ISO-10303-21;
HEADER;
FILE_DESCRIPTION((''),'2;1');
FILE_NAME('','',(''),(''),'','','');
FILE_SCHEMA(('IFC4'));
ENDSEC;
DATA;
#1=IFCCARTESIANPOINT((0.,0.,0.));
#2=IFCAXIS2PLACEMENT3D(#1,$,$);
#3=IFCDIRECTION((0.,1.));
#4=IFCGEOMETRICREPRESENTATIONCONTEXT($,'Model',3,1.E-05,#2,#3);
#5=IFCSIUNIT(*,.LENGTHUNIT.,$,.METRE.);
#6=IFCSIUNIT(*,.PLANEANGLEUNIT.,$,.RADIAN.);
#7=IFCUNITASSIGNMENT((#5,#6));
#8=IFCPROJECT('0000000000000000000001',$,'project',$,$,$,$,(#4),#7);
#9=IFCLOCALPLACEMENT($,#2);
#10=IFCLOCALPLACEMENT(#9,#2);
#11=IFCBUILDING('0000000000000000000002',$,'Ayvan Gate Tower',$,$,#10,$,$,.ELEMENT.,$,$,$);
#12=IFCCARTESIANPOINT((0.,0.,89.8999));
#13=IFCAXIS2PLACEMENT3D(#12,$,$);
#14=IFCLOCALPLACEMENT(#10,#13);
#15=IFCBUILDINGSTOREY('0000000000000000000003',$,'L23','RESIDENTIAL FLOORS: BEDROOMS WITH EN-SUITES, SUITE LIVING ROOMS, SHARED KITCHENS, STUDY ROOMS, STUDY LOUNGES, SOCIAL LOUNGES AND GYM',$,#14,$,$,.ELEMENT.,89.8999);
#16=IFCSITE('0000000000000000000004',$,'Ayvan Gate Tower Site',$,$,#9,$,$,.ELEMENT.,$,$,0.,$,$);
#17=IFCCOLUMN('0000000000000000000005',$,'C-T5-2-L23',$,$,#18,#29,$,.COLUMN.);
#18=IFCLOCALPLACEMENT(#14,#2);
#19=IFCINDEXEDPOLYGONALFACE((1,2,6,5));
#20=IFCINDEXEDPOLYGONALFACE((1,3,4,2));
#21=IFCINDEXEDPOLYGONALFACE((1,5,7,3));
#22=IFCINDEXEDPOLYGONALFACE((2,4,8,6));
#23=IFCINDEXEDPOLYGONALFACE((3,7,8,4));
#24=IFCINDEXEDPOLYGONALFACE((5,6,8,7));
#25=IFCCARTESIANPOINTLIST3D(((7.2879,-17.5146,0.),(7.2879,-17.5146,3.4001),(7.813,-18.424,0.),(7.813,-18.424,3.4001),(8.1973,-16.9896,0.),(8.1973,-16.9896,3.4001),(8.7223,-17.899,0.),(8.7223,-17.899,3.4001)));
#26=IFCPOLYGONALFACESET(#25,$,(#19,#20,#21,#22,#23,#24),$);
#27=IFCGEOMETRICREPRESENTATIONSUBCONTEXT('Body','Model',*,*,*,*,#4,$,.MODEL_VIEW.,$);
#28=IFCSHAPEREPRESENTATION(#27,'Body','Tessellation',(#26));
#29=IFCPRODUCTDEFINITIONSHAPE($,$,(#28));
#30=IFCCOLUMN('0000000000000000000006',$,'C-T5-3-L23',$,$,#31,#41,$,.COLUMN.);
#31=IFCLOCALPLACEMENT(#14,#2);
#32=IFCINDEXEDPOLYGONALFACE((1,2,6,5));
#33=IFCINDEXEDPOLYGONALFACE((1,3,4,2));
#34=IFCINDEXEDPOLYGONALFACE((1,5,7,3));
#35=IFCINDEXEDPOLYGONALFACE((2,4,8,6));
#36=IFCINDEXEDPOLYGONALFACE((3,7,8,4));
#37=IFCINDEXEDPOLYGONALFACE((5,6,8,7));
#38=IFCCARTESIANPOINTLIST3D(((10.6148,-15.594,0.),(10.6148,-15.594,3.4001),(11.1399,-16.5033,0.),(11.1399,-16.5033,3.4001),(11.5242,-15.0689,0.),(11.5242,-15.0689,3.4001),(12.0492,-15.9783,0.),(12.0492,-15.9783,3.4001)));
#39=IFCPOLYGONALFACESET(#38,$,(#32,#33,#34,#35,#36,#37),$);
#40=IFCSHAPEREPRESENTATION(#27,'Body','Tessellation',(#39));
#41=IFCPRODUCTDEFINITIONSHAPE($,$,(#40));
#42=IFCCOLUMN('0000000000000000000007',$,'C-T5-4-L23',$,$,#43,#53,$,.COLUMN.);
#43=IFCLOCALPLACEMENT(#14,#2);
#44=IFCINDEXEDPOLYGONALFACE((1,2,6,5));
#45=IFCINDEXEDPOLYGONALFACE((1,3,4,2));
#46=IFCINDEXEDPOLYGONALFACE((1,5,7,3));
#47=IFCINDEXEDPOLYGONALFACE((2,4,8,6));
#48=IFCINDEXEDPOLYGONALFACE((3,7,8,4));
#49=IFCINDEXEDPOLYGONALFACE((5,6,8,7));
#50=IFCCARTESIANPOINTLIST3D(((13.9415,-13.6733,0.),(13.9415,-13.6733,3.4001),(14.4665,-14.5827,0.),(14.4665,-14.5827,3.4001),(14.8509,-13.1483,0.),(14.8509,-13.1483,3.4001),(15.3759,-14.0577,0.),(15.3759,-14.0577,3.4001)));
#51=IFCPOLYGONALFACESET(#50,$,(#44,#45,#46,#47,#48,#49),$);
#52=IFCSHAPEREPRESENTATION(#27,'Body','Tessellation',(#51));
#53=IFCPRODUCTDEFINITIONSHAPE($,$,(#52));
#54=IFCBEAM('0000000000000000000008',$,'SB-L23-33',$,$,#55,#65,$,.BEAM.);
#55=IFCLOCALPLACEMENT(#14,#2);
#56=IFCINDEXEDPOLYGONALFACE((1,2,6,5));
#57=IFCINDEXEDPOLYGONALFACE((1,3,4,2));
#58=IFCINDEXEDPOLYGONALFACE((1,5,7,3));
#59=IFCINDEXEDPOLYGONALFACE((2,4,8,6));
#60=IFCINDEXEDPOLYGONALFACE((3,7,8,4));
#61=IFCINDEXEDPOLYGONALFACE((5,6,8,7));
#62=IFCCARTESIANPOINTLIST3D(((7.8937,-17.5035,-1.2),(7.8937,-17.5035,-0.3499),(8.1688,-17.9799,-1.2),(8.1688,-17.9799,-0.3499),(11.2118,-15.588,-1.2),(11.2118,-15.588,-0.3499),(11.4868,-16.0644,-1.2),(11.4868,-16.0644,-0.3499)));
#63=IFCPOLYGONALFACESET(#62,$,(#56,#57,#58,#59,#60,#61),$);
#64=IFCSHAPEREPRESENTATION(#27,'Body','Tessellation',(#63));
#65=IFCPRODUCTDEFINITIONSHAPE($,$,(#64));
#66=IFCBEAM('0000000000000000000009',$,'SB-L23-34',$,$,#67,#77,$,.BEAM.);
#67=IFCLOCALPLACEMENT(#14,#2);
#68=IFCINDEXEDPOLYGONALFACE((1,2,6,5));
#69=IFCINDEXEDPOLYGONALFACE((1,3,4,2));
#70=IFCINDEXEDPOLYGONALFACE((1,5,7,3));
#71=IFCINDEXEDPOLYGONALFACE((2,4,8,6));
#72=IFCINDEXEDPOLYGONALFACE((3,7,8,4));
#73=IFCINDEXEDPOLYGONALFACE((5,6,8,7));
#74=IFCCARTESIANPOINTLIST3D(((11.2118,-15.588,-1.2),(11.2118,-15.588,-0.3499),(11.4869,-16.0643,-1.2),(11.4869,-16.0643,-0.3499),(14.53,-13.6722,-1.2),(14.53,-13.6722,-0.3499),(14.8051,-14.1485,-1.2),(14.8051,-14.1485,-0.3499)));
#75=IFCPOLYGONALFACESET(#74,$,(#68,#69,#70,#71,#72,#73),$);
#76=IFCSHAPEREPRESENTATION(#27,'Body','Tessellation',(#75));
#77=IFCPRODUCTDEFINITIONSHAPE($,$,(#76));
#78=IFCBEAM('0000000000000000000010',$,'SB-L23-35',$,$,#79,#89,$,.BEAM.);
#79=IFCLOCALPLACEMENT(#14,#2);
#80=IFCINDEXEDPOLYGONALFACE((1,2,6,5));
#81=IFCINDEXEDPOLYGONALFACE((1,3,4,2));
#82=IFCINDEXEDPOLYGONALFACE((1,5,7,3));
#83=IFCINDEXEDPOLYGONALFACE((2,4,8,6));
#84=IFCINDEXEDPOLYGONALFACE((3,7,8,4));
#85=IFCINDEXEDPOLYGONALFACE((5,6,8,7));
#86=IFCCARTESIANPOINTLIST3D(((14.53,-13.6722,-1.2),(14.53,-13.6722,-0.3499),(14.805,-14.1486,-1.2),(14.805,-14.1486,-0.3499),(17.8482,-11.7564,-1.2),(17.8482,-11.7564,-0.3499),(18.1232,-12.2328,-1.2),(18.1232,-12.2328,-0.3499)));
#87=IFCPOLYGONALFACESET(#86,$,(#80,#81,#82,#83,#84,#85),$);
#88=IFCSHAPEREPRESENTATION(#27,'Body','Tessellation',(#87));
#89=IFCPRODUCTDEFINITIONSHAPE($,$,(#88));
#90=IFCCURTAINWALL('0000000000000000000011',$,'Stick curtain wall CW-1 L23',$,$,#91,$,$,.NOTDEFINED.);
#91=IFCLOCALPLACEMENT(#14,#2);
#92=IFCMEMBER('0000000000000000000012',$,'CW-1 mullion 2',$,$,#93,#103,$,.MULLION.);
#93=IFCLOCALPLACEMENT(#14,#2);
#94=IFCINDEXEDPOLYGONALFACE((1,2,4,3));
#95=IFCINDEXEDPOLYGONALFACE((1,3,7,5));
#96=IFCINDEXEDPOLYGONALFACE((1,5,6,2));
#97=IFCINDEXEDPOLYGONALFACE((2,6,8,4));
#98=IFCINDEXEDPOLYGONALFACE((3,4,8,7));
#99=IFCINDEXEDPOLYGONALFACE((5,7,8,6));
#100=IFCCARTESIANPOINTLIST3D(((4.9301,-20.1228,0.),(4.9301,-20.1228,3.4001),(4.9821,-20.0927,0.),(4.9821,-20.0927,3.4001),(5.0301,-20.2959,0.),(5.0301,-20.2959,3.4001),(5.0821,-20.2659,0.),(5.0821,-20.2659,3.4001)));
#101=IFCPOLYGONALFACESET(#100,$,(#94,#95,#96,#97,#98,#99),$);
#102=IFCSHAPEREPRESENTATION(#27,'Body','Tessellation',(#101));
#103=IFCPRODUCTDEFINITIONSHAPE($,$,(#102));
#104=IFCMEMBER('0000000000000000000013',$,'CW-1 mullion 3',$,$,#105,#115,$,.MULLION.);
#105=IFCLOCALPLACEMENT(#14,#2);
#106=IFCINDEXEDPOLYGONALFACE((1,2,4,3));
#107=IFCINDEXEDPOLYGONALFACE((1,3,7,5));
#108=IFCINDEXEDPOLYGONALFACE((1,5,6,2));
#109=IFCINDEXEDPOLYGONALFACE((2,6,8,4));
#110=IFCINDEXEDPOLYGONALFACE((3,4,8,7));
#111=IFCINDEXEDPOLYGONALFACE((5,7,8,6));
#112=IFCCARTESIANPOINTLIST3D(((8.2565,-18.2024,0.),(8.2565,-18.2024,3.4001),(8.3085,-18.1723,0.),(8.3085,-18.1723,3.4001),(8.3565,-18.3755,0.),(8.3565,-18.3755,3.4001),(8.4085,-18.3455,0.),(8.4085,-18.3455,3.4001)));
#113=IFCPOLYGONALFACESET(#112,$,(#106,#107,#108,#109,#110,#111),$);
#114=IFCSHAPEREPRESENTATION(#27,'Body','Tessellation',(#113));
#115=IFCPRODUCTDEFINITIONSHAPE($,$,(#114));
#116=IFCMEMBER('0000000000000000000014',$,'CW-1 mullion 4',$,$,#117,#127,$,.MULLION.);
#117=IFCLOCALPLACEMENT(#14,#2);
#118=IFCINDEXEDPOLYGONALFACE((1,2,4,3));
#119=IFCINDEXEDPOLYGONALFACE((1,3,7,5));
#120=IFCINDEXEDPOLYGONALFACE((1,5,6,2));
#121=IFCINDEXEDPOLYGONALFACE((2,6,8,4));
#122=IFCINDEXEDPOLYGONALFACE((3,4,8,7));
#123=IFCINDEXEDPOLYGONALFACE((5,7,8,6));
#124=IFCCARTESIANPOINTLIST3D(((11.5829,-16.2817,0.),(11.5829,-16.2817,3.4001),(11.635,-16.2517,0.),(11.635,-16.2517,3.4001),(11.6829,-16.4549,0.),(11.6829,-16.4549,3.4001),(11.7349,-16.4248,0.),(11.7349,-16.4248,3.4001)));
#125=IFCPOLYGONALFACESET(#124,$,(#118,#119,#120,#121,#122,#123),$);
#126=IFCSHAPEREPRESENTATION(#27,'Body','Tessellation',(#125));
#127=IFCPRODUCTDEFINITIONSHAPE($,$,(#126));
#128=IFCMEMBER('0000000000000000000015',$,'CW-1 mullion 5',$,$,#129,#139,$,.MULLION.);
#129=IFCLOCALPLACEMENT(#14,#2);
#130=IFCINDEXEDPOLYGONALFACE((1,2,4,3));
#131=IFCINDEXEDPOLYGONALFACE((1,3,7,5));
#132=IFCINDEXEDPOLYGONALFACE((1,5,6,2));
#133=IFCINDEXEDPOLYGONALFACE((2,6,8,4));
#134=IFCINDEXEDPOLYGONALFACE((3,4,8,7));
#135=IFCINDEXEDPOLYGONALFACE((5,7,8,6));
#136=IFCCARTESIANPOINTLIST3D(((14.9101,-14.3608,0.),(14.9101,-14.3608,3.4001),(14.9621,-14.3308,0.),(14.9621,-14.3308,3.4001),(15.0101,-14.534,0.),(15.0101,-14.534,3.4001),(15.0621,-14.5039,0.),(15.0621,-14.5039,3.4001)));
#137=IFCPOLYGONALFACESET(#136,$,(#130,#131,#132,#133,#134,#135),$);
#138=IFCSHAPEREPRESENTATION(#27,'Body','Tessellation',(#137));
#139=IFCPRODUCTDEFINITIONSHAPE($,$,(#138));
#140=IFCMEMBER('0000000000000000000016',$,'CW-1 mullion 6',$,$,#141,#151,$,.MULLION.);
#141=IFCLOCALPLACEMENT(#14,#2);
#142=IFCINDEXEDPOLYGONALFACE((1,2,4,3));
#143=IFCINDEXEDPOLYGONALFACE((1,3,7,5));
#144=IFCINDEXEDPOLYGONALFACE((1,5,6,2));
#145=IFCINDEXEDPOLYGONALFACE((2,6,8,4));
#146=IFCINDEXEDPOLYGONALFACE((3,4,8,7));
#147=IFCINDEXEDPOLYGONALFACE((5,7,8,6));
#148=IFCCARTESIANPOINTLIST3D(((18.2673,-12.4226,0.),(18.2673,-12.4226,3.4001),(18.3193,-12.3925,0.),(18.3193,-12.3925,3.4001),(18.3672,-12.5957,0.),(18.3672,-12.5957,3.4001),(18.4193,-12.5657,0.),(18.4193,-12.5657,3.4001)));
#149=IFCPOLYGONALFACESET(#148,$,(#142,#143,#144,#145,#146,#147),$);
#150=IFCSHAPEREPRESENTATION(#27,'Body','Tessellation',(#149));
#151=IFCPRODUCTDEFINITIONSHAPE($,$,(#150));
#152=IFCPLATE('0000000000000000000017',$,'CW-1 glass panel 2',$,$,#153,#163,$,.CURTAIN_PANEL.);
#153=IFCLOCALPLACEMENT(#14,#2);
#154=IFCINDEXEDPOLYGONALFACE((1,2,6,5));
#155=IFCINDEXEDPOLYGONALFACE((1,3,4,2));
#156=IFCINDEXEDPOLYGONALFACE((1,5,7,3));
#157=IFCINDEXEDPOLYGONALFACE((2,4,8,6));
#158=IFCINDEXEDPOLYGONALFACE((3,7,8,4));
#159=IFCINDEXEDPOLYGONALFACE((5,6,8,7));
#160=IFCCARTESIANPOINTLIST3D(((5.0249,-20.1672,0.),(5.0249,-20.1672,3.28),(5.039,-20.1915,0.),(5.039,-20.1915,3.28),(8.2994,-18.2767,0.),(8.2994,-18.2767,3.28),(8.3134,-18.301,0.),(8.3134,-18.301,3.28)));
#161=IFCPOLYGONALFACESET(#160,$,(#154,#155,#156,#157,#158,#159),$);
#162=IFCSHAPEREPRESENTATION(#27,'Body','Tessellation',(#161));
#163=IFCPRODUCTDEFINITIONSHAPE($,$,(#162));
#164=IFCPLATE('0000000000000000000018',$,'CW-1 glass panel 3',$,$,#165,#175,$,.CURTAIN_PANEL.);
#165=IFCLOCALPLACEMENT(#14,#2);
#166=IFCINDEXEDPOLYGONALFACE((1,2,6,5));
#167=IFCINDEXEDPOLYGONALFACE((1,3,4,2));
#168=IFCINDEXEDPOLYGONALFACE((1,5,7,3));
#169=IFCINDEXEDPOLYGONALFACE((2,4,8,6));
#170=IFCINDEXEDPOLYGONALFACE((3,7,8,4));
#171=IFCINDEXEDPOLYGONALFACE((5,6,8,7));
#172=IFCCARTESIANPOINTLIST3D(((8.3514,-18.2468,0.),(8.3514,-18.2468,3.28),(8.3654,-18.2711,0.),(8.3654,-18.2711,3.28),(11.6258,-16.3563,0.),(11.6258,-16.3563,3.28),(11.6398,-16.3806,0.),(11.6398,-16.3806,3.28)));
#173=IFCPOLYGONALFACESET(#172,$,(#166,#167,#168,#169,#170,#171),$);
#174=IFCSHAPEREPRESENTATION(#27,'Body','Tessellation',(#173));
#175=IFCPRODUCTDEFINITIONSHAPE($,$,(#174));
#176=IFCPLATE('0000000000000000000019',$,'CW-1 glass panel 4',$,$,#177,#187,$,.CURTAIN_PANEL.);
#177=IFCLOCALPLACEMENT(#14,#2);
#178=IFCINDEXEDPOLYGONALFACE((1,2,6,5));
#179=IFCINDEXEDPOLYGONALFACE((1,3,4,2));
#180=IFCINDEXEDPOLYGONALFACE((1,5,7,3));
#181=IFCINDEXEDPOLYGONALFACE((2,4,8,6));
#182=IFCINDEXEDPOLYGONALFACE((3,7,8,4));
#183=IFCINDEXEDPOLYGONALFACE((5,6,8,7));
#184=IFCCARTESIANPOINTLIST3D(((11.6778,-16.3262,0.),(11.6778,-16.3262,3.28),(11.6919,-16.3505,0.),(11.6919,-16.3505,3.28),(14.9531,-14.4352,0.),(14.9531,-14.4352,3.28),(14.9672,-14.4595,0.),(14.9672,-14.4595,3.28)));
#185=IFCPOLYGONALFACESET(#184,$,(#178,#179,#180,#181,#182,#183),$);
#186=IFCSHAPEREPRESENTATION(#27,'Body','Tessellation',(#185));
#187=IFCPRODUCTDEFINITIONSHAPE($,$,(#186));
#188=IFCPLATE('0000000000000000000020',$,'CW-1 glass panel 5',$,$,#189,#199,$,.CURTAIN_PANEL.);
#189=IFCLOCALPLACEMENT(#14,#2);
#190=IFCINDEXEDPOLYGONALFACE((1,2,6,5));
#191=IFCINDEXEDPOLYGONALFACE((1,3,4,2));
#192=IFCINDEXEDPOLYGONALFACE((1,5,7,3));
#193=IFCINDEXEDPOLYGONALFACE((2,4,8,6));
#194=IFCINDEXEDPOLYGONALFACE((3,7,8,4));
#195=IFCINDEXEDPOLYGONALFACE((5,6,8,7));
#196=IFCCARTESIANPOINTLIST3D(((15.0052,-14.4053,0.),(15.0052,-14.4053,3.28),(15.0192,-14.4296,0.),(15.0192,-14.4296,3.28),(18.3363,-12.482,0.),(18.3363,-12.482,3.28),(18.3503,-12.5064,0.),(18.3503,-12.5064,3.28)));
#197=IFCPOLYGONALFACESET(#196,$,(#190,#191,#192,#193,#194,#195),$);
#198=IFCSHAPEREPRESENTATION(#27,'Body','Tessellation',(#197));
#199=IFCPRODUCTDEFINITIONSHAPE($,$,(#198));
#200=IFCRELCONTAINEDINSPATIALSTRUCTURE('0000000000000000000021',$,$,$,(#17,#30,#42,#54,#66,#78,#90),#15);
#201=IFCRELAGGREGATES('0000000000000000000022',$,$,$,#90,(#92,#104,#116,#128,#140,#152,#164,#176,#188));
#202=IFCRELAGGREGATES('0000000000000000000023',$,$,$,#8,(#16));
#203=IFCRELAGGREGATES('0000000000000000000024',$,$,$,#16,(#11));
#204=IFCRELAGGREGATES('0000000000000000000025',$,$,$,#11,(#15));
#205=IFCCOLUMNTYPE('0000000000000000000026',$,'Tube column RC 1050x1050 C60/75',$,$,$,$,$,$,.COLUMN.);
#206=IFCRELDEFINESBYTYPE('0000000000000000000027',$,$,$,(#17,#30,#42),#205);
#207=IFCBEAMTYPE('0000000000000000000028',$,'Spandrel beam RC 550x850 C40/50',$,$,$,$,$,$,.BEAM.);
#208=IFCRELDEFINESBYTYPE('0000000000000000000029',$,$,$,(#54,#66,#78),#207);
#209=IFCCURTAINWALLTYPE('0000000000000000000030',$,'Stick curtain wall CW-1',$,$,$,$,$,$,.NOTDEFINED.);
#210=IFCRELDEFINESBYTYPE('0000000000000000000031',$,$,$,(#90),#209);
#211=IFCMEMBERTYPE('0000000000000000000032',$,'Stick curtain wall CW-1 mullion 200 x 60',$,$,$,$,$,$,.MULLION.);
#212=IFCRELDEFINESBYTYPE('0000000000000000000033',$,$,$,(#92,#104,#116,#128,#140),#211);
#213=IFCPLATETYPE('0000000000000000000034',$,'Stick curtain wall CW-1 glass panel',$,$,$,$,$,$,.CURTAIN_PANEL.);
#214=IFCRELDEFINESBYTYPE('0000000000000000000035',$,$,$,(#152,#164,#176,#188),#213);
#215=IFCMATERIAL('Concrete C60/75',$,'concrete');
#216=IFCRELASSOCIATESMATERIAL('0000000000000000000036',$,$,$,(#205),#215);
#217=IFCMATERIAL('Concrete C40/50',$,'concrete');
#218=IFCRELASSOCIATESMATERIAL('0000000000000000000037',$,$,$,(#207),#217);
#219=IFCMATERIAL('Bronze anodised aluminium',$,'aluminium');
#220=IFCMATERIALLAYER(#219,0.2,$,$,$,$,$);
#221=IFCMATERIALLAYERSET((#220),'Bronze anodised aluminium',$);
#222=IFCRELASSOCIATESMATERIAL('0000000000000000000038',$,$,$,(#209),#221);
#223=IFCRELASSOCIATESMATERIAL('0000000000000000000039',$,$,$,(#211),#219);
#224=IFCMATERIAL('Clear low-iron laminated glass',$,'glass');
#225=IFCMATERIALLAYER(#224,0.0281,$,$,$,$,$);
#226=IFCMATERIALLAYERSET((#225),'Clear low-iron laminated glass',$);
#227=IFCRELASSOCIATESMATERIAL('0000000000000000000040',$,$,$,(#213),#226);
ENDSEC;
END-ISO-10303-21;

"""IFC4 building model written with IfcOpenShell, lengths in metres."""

from ifc_helpers import new_model, si_unit, direction, frame, origin, origin_2d, place, context, subcontext, project, spatial, rectangle, extrude, material, layer, layer_set, material_profile, profile_set, type_object, element, aggregate, save


model = new_model("IFC4")

# Units and contexts
model_context = context("Model", 3, precision=1e-05, world=origin(), true_north=direction((0.0, 1.0)))
body_context = subcontext(model_context, "Body", "Model", "MODEL_VIEW")
ifc_project = project(units=[si_unit("LENGTHUNIT", "METRE"), si_unit("PLANEANGLEUNIT", "RADIAN")], contexts=[model_context])

# Site, building, storey
site_placement = place(None, origin())
site = spatial("IfcSite", under=ifc_project, at=site_placement, Name="Ayvan Gate Tower Site", CompositionType="ELEMENT", RefElevation=0.0)
building_placement = place(site_placement, origin())
building = spatial("IfcBuilding", under=site, at=building_placement, Name="Ayvan Gate Tower", CompositionType="ELEMENT")
storey_placement = place(building_placement, frame((0.0, 0.0, 89.8999)))
storey = spatial("IfcBuildingStorey", under=building, at=storey_placement, Name="L23", Description="RESIDENTIAL FLOORS: BEDROOMS WITH EN-SUITES, SUITE LIVING ROOMS, SHARED KITCHENS, STUDY ROOMS, STUDY LOUNGES, SOCIAL LOUNGES AND GYM", CompositionType="ELEMENT", Elevation=89.8999)

# Columns
ifc_material_1 = material(Name="Concrete C60/75", Category="concrete")
ifc_material_profile_1 = material_profile(ifc_material_1, rectangle(XDim=1.05, YDim=1.05, at=origin_2d()), Name="RC 1050x1050")
ifc_profile_set_1 = profile_set([ifc_material_profile_1], Name="Concrete C60/75")
column_type = type_object("IfcColumnType", Name="Tube column RC 1050x1050 C60/75", PredefinedType="COLUMN", material=ifc_profile_set_1)
for number, where, z_axis, x_axis, name in (
    (1, (8.0051, -17.7068, 0.0), (0.0, 0.0, 1.0), (0.5, -0.866025, 0.0), "C-T5-2-L23"),
    (2, (11.332, -15.7861, 0.0), (0.0, 0.0, 1.0), (0.5, -0.866025, 0.0), "C-T5-3-L23"),
    (3, (14.6587, -13.8655, 0.0), (0.0, 0.0, 1.0), (0.5, -0.866025, 0.0), "C-T5-4-L23"),
):
    element("IfcColumn", number, at=place(storey_placement, frame(where, z_axis=z_axis, x_axis=x_axis)), inside=storey, type_object=column_type, Name=name, PredefinedType="COLUMN", context=body_context, shape_type="SweptSolid", body=[
        extrude(rectangle(XDim=1.05, YDim=1.05, at=origin_2d()), origin(), (0.0, 0.0, 1.0), 3.4001),
    ])

# Beams
ifc_material_2 = material(Name="Concrete C40/50", Category="concrete")
ifc_material_profile_2 = material_profile(ifc_material_2, rectangle(XDim=0.55, YDim=0.8501, at=origin_2d()), Name="RC 550x850")
ifc_profile_set_2 = profile_set([ifc_material_profile_2], Name="Concrete C40/50")
beam_type = type_object("IfcBeamType", Name="Spandrel beam RC 550x850 C40/50", PredefinedType="BEAM", material=ifc_profile_set_2)
beam_placement = place(storey_placement, frame((8.0312, -17.7417, -0.7749), z_axis=(0.866047, 0.499963, 0.0), x_axis=(-0.499963, 0.866047, 0.0)))
element("IfcBeam", 4, at=beam_placement, inside=storey, type_object=beam_type, Name="SB-L23-33", PredefinedType="BEAM", context=body_context, shape_type="SweptSolid", body=[
    extrude(rectangle(XDim=0.55, YDim=0.8501, at=origin_2d()), origin(), (0.0, 0.0, 1.0), 3.8313),
])
for number, where, z_axis, x_axis, name in (
    (5, (11.3494, -15.8262, -0.7749), (0.866019, 0.500011, 0.0), (-0.500011, 0.866019, 0.0), "SB-L23-34"),
    (6, (14.6675, -13.9104, -0.7749), (0.866019, 0.500011, 0.0), (-0.500011, 0.866019, 0.0), "SB-L23-35"),
):
    element("IfcBeam", number, at=place(storey_placement, frame(where, z_axis=z_axis, x_axis=x_axis)), inside=storey, type_object=beam_type, Name=name, PredefinedType="BEAM", context=body_context, shape_type="SweptSolid", body=[
        extrude(rectangle(XDim=0.55, YDim=0.8501, at=origin_2d()), origin(), (0.0, 0.0, 1.0), 3.8315),
    ])

# Curtain wall, members, plates
ifc_material_3 = material(Name="Bronze anodised aluminium", Category="aluminium")
ifc_layer_1 = layer(ifc_material_3, 0.2)
ifc_layer_set_1 = layer_set([ifc_layer_1], Name="Bronze anodised aluminium")
curtain_wall_type = type_object("IfcCurtainWallType", Name="Stick curtain wall CW-1", PredefinedType="NOTDEFINED", material=ifc_layer_set_1)
curtain_wall_placement = place(storey_placement, origin())
curtain_wall = element("IfcCurtainWall", 7, at=curtain_wall_placement, inside=storey, type_object=curtain_wall_type, Name="Stick curtain wall CW-1 L23", PredefinedType="NOTDEFINED")
ifc_material_profile_3 = material_profile(ifc_material_3, rectangle(XDim=0.2, YDim=0.0601, at=origin_2d()), Name="Stick curtain wall CW-1 mullion 200 x 60")
ifc_profile_set_3 = profile_set([ifc_material_profile_3], Name="Bronze anodised aluminium")
member_type = type_object("IfcMemberType", Name="Stick curtain wall CW-1 mullion 200 x 60", PredefinedType="MULLION", material=ifc_profile_set_3)
member_1_placement = place(storey_placement, frame((5.0061, -20.1943, 0.0), z_axis=(0.0, 0.0, 1.0), x_axis=(0.5, -0.866025, 0.0)))
member_1 = element("IfcMember", 8, at=member_1_placement, type_object=member_type, Name="CW-1 mullion 2", PredefinedType="MULLION", context=body_context, shape_type="SweptSolid", body=[
    extrude(rectangle(XDim=0.2, YDim=0.0601, at=origin_2d()), origin(), (0.0, 0.0, 1.0), 3.4001),
])
member_2_placement = place(storey_placement, frame((8.3325, -18.2739, 0.0), z_axis=(0.0, 0.0, 1.0), x_axis=(0.5, -0.866025, 0.0)))
member_2 = element("IfcMember", 9, at=member_2_placement, type_object=member_type, Name="CW-1 mullion 3", PredefinedType="MULLION", context=body_context, shape_type="SweptSolid", body=[
    extrude(rectangle(XDim=0.2, YDim=0.0601, at=origin_2d()), origin(), (0.0, 0.0, 1.0), 3.4001),
])
member_3_placement = place(storey_placement, frame((11.6589, -16.3533, 0.0), z_axis=(0.0, 0.0, 1.0), x_axis=(0.5, -0.866025, 0.0)))
member_3 = element("IfcMember", 10, at=member_3_placement, type_object=member_type, Name="CW-1 mullion 4", PredefinedType="MULLION", context=body_context, shape_type="SweptSolid", body=[
    extrude(rectangle(XDim=0.2, YDim=0.0601, at=origin_2d()), origin(), (0.0, 0.0, 1.0), 3.4001),
])
member_4_placement = place(storey_placement, frame((14.9861, -14.4324, 0.0), z_axis=(0.0, 0.0, 1.0), x_axis=(0.5, -0.866025, 0.0)))
member_4 = element("IfcMember", 11, at=member_4_placement, type_object=member_type, Name="CW-1 mullion 5", PredefinedType="MULLION", context=body_context, shape_type="SweptSolid", body=[
    extrude(rectangle(XDim=0.2, YDim=0.0601, at=origin_2d()), origin(), (0.0, 0.0, 1.0), 3.4001),
])
member_5_placement = place(storey_placement, frame((18.3433, -12.4941, 0.0), z_axis=(0.0, 0.0, 1.0), x_axis=(0.5, -0.866025, 0.0)))
member_5 = element("IfcMember", 12, at=member_5_placement, type_object=member_type, Name="CW-1 mullion 6", PredefinedType="MULLION", context=body_context, shape_type="SweptSolid", body=[
    extrude(rectangle(XDim=0.2, YDim=0.0601, at=origin_2d()), origin(), (0.0, 0.0, 1.0), 3.4001),
])
ifc_material_4 = material(Name="Clear low-iron laminated glass", Category="glass")
ifc_layer_2 = layer(ifc_material_4, 0.0281)
ifc_layer_set_2 = layer_set([ifc_layer_2], Name="Clear low-iron laminated glass")
plate_type = type_object("IfcPlateType", Name="Stick curtain wall CW-1 glass panel", PredefinedType="CURTAIN_PANEL", material=ifc_layer_set_2)
plate_1_placement = place(storey_placement, frame((6.6692, -19.2341, 0.0), z_axis=(0.0, 0.0, 1.0), x_axis=(0.866025, 0.5, 0.0)))
plate_1 = element("IfcPlate", 13, at=plate_1_placement, type_object=plate_type, Name="CW-1 glass panel 2", PredefinedType="CURTAIN_PANEL", context=body_context, shape_type="SweptSolid", body=[
    extrude(rectangle(XDim=3.781, YDim=0.0281, at=origin_2d()), origin(), (0.0, 0.0, 1.0), 3.28),
])
plate_2_placement = place(storey_placement, frame((9.9956, -17.3137, 0.0), z_axis=(0.0, 0.0, 1.0), x_axis=(0.866025, 0.5, 0.0)))
plate_2 = element("IfcPlate", 14, at=plate_2_placement, type_object=plate_type, Name="CW-1 glass panel 3", PredefinedType="CURTAIN_PANEL", context=body_context, shape_type="SweptSolid", body=[
    extrude(rectangle(XDim=3.781, YDim=0.0281, at=origin_2d()), origin(), (0.0, 0.0, 1.0), 3.28),
])
plate_3_placement = place(storey_placement, frame((13.3225, -15.3928, 0.0), z_axis=(0.0, 0.0, 1.0), x_axis=(0.866025, 0.5, 0.0)))
plate_3 = element("IfcPlate", 15, at=plate_3_placement, type_object=plate_type, Name="CW-1 glass panel 4", PredefinedType="CURTAIN_PANEL", context=body_context, shape_type="SweptSolid", body=[
    extrude(rectangle(XDim=3.782, YDim=0.0281, at=origin_2d()), origin(), (0.0, 0.0, 1.0), 3.28),
])
plate_4_placement = place(storey_placement, frame((16.6777, -13.4558, 0.0), z_axis=(0.0, 0.0, 1.0), x_axis=(0.866025, 0.5, 0.0)))
plate_4 = element("IfcPlate", 16, at=plate_4_placement, type_object=plate_type, Name="CW-1 glass panel 5", PredefinedType="CURTAIN_PANEL", context=body_context, shape_type="SweptSolid", body=[
    extrude(rectangle(XDim=3.8464, YDim=0.0281, at=origin_2d()), origin(), (0.0, 0.0, 1.0), 3.28),
])
aggregate(curtain_wall, [member_1, member_2, member_3, member_4, member_5, plate_1, plate_2, plate_3, plate_4])

save(model, "model.ifc")
